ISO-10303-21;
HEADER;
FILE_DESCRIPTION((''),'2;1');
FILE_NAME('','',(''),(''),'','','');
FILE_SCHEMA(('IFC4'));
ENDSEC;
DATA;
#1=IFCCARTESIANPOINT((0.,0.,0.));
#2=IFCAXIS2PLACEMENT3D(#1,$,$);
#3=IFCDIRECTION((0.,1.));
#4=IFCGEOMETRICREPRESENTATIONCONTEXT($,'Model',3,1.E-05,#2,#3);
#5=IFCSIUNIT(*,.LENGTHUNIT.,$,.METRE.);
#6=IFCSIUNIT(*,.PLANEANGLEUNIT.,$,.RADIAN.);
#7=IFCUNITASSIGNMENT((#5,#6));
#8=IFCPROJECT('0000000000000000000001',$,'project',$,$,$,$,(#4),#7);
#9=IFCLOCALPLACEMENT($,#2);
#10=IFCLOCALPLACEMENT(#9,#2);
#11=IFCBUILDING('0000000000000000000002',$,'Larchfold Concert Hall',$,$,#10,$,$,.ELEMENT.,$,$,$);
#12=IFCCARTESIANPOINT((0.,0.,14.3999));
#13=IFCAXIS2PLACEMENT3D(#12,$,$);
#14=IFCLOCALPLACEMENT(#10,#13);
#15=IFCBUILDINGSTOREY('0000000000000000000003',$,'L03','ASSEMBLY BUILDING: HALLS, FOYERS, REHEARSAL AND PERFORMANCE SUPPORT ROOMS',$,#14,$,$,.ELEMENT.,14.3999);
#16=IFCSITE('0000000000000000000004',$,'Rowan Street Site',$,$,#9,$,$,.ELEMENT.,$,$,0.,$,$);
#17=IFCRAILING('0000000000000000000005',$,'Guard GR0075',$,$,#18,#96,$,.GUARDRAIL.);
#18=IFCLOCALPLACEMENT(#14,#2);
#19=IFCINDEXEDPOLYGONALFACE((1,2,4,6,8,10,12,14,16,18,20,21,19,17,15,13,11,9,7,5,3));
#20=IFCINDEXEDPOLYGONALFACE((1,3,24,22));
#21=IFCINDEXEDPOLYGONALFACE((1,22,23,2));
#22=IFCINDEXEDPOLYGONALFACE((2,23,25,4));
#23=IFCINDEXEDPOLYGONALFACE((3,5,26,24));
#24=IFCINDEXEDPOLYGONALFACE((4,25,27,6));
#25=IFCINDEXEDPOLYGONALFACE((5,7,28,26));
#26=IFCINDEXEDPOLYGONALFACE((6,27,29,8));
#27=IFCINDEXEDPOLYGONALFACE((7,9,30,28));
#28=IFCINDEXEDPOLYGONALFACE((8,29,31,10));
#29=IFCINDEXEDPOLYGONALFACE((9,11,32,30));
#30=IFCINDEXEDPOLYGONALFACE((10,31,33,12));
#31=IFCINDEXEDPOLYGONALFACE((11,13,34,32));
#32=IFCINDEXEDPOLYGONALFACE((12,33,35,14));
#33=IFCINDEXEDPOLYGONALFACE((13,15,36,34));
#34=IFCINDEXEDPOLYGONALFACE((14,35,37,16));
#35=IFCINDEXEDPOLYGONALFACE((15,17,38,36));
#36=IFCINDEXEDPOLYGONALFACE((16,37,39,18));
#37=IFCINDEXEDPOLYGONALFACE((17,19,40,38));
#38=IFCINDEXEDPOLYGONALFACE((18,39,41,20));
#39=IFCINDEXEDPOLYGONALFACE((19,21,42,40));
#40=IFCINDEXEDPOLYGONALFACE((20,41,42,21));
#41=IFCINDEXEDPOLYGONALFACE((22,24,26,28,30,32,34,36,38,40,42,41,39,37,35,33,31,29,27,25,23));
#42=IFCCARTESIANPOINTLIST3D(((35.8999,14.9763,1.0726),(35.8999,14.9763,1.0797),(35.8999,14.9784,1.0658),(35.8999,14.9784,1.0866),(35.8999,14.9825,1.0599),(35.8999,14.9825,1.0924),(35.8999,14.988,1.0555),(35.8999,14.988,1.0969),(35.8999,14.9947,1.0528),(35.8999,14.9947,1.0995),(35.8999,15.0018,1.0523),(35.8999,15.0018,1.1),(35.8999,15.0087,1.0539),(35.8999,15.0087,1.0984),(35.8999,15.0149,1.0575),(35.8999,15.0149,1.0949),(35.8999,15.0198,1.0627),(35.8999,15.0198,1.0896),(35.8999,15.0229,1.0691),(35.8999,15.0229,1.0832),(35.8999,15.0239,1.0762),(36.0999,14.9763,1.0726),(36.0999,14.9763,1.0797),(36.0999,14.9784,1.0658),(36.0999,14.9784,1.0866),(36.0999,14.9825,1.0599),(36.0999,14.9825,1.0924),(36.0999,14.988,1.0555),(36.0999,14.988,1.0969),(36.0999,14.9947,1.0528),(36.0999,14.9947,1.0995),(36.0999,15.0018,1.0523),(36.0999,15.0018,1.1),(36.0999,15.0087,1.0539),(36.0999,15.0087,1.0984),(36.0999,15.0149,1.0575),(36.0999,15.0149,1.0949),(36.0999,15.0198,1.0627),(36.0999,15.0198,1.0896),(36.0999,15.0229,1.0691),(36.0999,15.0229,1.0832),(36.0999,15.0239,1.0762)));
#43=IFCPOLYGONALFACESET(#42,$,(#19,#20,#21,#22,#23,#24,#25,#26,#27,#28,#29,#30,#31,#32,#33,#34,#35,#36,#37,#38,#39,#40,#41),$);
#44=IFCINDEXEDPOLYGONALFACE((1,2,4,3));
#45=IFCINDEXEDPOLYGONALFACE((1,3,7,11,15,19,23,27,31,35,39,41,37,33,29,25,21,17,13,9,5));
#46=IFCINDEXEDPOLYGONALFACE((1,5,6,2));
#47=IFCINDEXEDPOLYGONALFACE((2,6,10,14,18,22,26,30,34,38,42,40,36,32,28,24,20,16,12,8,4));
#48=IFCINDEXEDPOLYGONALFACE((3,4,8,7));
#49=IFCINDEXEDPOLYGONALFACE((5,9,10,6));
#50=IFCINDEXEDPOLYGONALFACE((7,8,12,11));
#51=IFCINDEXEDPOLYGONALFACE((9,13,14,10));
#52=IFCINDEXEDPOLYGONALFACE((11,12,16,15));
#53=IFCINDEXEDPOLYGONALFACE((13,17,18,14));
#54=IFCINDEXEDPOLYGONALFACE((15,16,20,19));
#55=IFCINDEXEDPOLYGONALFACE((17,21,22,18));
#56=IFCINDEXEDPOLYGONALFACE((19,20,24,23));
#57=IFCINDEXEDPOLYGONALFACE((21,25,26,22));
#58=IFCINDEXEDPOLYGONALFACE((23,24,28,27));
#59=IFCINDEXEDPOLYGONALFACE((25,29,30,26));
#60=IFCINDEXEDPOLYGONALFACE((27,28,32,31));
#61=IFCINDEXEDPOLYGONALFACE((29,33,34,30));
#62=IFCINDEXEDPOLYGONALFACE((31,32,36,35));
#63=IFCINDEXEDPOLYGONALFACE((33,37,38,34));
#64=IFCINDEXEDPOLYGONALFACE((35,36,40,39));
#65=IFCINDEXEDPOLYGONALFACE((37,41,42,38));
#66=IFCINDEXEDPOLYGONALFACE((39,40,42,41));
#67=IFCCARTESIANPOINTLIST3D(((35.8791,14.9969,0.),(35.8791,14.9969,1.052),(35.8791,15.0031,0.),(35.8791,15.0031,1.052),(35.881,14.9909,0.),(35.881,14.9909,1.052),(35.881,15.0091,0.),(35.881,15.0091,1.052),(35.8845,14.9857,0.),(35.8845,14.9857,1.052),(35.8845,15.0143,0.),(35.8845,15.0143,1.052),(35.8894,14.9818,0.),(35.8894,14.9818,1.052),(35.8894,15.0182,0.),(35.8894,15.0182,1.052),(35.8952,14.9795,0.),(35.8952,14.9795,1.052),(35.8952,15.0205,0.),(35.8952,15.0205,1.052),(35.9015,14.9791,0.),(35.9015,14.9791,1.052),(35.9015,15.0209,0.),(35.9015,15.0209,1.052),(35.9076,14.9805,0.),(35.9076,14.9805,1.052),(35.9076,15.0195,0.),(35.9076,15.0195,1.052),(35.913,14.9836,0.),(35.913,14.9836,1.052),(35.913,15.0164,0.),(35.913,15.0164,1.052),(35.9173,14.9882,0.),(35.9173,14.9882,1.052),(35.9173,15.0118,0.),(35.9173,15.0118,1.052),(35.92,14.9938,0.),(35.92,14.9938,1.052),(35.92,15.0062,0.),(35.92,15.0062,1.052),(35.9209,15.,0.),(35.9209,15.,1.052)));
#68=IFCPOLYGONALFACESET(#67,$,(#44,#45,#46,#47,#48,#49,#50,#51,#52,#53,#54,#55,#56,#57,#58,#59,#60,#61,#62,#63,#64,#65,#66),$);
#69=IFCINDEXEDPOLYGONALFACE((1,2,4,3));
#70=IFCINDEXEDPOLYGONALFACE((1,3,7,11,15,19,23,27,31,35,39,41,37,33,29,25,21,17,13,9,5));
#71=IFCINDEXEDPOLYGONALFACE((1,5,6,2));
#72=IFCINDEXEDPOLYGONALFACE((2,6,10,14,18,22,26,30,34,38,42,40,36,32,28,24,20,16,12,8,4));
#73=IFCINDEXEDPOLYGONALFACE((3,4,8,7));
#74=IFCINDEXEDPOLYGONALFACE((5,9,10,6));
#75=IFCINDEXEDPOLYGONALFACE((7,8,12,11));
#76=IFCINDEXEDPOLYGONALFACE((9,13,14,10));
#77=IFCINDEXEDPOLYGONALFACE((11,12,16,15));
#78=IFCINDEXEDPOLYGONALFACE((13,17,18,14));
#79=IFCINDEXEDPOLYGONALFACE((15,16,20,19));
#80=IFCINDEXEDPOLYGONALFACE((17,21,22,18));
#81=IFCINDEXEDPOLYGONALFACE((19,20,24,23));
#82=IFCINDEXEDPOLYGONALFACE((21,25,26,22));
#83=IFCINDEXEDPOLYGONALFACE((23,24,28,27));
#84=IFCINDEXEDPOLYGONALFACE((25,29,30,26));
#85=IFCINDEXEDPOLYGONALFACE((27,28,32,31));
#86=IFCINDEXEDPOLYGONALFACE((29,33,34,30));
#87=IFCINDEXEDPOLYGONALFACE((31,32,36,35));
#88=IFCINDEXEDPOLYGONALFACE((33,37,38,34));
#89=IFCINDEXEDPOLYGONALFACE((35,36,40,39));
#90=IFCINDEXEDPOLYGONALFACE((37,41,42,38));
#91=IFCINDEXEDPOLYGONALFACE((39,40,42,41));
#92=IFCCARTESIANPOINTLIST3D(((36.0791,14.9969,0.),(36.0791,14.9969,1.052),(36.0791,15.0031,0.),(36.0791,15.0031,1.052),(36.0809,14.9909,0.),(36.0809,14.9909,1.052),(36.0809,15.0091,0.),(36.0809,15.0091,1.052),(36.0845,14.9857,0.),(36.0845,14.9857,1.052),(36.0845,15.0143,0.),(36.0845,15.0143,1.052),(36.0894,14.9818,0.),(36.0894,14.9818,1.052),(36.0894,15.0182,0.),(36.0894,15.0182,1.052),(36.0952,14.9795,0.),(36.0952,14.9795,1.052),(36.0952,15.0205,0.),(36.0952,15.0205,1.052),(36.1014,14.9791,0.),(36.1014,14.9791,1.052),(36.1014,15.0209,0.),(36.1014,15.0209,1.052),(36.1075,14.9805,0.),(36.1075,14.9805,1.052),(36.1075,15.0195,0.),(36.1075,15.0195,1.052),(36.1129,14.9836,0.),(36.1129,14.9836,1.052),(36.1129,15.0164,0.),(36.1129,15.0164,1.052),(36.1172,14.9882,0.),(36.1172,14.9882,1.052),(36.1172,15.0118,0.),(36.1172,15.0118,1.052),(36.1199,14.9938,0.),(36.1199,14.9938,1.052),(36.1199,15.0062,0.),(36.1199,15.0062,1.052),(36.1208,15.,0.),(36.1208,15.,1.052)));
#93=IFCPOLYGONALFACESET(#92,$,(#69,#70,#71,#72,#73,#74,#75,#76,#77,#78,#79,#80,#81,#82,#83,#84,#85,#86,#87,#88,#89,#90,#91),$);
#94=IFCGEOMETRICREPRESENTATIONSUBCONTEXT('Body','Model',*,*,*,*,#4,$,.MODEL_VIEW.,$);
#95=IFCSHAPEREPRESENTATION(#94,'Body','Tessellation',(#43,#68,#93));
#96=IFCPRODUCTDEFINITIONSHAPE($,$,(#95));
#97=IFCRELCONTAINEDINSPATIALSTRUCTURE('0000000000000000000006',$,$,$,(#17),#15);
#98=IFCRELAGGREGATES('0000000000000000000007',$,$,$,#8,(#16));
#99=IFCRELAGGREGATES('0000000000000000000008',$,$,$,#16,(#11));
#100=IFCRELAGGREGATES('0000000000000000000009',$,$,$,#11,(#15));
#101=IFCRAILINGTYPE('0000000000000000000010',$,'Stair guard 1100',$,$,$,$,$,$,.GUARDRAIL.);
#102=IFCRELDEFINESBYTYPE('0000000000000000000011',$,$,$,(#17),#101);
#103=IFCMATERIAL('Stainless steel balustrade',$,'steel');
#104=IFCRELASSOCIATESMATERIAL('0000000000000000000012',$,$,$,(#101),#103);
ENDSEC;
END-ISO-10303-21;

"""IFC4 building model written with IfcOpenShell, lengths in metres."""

from ifc_helpers import new_model, si_unit, direction, frame, origin, origin_2d, place, context, subcontext, project, spatial, circle, extrude, material, type_object, element, save


model = new_model("IFC4")

# Units and contexts
model_context = context("Model", 3, precision=1e-05, world=origin(), true_north=direction((0.0, 1.0)))
body_context = subcontext(model_context, "Body", "Model", "MODEL_VIEW")
ifc_project = project(units=[si_unit("LENGTHUNIT", "METRE"), si_unit("PLANEANGLEUNIT", "RADIAN")], contexts=[model_context])

# Site, building, storey
site_placement = place(None, origin())
site = spatial("IfcSite", under=ifc_project, at=site_placement, Name="Rowan Street Site", CompositionType="ELEMENT", RefElevation=0.0)
building_placement = place(site_placement, origin())
building = spatial("IfcBuilding", under=site, at=building_placement, Name="Larchfold Concert Hall", CompositionType="ELEMENT")
storey_placement = place(building_placement, frame((0.0, 0.0, 14.3999)))
storey = spatial("IfcBuildingStorey", under=building, at=storey_placement, Name="L03", Description="ASSEMBLY BUILDING: HALLS, FOYERS, REHEARSAL AND PERFORMANCE SUPPORT ROOMS", CompositionType="ELEMENT", Elevation=14.3999)

# Railing
ifc_material_1 = material(Name="Stainless steel balustrade", Category="steel")
railing_type_1 = type_object("IfcRailingType", Name="Stair guard 1100", PredefinedType="GUARDRAIL", material=ifc_material_1)
railing_1_placement = place(storey_placement, frame((35.8999, 15.0, 0.0)))
element("IfcRailing", 1, at=railing_1_placement, inside=storey, type_object=railing_type_1, Name="Guard GR0075", PredefinedType="GUARDRAIL", context=body_context, shape_type="SweptSolid", body=[
    extrude(circle(Radius=0.0239, at=origin_2d()), frame((0.0, 0.0, 1.0762), z_axis=(1.0, 0.0, 0.0), x_axis=(0.0, 1.0, 0.0)), (0.0, 0.0, 1.0), 0.2),
    extrude(circle(Radius=0.021, at=origin_2d()), origin(), (0.0, 0.0, 1.0), 1.052),
    extrude(circle(Radius=0.021, at=origin_2d()), frame((0.2, 0.0, 0.0)), (0.0, 0.0, 1.0), 1.052),
])

save(model, "model.ifc")
